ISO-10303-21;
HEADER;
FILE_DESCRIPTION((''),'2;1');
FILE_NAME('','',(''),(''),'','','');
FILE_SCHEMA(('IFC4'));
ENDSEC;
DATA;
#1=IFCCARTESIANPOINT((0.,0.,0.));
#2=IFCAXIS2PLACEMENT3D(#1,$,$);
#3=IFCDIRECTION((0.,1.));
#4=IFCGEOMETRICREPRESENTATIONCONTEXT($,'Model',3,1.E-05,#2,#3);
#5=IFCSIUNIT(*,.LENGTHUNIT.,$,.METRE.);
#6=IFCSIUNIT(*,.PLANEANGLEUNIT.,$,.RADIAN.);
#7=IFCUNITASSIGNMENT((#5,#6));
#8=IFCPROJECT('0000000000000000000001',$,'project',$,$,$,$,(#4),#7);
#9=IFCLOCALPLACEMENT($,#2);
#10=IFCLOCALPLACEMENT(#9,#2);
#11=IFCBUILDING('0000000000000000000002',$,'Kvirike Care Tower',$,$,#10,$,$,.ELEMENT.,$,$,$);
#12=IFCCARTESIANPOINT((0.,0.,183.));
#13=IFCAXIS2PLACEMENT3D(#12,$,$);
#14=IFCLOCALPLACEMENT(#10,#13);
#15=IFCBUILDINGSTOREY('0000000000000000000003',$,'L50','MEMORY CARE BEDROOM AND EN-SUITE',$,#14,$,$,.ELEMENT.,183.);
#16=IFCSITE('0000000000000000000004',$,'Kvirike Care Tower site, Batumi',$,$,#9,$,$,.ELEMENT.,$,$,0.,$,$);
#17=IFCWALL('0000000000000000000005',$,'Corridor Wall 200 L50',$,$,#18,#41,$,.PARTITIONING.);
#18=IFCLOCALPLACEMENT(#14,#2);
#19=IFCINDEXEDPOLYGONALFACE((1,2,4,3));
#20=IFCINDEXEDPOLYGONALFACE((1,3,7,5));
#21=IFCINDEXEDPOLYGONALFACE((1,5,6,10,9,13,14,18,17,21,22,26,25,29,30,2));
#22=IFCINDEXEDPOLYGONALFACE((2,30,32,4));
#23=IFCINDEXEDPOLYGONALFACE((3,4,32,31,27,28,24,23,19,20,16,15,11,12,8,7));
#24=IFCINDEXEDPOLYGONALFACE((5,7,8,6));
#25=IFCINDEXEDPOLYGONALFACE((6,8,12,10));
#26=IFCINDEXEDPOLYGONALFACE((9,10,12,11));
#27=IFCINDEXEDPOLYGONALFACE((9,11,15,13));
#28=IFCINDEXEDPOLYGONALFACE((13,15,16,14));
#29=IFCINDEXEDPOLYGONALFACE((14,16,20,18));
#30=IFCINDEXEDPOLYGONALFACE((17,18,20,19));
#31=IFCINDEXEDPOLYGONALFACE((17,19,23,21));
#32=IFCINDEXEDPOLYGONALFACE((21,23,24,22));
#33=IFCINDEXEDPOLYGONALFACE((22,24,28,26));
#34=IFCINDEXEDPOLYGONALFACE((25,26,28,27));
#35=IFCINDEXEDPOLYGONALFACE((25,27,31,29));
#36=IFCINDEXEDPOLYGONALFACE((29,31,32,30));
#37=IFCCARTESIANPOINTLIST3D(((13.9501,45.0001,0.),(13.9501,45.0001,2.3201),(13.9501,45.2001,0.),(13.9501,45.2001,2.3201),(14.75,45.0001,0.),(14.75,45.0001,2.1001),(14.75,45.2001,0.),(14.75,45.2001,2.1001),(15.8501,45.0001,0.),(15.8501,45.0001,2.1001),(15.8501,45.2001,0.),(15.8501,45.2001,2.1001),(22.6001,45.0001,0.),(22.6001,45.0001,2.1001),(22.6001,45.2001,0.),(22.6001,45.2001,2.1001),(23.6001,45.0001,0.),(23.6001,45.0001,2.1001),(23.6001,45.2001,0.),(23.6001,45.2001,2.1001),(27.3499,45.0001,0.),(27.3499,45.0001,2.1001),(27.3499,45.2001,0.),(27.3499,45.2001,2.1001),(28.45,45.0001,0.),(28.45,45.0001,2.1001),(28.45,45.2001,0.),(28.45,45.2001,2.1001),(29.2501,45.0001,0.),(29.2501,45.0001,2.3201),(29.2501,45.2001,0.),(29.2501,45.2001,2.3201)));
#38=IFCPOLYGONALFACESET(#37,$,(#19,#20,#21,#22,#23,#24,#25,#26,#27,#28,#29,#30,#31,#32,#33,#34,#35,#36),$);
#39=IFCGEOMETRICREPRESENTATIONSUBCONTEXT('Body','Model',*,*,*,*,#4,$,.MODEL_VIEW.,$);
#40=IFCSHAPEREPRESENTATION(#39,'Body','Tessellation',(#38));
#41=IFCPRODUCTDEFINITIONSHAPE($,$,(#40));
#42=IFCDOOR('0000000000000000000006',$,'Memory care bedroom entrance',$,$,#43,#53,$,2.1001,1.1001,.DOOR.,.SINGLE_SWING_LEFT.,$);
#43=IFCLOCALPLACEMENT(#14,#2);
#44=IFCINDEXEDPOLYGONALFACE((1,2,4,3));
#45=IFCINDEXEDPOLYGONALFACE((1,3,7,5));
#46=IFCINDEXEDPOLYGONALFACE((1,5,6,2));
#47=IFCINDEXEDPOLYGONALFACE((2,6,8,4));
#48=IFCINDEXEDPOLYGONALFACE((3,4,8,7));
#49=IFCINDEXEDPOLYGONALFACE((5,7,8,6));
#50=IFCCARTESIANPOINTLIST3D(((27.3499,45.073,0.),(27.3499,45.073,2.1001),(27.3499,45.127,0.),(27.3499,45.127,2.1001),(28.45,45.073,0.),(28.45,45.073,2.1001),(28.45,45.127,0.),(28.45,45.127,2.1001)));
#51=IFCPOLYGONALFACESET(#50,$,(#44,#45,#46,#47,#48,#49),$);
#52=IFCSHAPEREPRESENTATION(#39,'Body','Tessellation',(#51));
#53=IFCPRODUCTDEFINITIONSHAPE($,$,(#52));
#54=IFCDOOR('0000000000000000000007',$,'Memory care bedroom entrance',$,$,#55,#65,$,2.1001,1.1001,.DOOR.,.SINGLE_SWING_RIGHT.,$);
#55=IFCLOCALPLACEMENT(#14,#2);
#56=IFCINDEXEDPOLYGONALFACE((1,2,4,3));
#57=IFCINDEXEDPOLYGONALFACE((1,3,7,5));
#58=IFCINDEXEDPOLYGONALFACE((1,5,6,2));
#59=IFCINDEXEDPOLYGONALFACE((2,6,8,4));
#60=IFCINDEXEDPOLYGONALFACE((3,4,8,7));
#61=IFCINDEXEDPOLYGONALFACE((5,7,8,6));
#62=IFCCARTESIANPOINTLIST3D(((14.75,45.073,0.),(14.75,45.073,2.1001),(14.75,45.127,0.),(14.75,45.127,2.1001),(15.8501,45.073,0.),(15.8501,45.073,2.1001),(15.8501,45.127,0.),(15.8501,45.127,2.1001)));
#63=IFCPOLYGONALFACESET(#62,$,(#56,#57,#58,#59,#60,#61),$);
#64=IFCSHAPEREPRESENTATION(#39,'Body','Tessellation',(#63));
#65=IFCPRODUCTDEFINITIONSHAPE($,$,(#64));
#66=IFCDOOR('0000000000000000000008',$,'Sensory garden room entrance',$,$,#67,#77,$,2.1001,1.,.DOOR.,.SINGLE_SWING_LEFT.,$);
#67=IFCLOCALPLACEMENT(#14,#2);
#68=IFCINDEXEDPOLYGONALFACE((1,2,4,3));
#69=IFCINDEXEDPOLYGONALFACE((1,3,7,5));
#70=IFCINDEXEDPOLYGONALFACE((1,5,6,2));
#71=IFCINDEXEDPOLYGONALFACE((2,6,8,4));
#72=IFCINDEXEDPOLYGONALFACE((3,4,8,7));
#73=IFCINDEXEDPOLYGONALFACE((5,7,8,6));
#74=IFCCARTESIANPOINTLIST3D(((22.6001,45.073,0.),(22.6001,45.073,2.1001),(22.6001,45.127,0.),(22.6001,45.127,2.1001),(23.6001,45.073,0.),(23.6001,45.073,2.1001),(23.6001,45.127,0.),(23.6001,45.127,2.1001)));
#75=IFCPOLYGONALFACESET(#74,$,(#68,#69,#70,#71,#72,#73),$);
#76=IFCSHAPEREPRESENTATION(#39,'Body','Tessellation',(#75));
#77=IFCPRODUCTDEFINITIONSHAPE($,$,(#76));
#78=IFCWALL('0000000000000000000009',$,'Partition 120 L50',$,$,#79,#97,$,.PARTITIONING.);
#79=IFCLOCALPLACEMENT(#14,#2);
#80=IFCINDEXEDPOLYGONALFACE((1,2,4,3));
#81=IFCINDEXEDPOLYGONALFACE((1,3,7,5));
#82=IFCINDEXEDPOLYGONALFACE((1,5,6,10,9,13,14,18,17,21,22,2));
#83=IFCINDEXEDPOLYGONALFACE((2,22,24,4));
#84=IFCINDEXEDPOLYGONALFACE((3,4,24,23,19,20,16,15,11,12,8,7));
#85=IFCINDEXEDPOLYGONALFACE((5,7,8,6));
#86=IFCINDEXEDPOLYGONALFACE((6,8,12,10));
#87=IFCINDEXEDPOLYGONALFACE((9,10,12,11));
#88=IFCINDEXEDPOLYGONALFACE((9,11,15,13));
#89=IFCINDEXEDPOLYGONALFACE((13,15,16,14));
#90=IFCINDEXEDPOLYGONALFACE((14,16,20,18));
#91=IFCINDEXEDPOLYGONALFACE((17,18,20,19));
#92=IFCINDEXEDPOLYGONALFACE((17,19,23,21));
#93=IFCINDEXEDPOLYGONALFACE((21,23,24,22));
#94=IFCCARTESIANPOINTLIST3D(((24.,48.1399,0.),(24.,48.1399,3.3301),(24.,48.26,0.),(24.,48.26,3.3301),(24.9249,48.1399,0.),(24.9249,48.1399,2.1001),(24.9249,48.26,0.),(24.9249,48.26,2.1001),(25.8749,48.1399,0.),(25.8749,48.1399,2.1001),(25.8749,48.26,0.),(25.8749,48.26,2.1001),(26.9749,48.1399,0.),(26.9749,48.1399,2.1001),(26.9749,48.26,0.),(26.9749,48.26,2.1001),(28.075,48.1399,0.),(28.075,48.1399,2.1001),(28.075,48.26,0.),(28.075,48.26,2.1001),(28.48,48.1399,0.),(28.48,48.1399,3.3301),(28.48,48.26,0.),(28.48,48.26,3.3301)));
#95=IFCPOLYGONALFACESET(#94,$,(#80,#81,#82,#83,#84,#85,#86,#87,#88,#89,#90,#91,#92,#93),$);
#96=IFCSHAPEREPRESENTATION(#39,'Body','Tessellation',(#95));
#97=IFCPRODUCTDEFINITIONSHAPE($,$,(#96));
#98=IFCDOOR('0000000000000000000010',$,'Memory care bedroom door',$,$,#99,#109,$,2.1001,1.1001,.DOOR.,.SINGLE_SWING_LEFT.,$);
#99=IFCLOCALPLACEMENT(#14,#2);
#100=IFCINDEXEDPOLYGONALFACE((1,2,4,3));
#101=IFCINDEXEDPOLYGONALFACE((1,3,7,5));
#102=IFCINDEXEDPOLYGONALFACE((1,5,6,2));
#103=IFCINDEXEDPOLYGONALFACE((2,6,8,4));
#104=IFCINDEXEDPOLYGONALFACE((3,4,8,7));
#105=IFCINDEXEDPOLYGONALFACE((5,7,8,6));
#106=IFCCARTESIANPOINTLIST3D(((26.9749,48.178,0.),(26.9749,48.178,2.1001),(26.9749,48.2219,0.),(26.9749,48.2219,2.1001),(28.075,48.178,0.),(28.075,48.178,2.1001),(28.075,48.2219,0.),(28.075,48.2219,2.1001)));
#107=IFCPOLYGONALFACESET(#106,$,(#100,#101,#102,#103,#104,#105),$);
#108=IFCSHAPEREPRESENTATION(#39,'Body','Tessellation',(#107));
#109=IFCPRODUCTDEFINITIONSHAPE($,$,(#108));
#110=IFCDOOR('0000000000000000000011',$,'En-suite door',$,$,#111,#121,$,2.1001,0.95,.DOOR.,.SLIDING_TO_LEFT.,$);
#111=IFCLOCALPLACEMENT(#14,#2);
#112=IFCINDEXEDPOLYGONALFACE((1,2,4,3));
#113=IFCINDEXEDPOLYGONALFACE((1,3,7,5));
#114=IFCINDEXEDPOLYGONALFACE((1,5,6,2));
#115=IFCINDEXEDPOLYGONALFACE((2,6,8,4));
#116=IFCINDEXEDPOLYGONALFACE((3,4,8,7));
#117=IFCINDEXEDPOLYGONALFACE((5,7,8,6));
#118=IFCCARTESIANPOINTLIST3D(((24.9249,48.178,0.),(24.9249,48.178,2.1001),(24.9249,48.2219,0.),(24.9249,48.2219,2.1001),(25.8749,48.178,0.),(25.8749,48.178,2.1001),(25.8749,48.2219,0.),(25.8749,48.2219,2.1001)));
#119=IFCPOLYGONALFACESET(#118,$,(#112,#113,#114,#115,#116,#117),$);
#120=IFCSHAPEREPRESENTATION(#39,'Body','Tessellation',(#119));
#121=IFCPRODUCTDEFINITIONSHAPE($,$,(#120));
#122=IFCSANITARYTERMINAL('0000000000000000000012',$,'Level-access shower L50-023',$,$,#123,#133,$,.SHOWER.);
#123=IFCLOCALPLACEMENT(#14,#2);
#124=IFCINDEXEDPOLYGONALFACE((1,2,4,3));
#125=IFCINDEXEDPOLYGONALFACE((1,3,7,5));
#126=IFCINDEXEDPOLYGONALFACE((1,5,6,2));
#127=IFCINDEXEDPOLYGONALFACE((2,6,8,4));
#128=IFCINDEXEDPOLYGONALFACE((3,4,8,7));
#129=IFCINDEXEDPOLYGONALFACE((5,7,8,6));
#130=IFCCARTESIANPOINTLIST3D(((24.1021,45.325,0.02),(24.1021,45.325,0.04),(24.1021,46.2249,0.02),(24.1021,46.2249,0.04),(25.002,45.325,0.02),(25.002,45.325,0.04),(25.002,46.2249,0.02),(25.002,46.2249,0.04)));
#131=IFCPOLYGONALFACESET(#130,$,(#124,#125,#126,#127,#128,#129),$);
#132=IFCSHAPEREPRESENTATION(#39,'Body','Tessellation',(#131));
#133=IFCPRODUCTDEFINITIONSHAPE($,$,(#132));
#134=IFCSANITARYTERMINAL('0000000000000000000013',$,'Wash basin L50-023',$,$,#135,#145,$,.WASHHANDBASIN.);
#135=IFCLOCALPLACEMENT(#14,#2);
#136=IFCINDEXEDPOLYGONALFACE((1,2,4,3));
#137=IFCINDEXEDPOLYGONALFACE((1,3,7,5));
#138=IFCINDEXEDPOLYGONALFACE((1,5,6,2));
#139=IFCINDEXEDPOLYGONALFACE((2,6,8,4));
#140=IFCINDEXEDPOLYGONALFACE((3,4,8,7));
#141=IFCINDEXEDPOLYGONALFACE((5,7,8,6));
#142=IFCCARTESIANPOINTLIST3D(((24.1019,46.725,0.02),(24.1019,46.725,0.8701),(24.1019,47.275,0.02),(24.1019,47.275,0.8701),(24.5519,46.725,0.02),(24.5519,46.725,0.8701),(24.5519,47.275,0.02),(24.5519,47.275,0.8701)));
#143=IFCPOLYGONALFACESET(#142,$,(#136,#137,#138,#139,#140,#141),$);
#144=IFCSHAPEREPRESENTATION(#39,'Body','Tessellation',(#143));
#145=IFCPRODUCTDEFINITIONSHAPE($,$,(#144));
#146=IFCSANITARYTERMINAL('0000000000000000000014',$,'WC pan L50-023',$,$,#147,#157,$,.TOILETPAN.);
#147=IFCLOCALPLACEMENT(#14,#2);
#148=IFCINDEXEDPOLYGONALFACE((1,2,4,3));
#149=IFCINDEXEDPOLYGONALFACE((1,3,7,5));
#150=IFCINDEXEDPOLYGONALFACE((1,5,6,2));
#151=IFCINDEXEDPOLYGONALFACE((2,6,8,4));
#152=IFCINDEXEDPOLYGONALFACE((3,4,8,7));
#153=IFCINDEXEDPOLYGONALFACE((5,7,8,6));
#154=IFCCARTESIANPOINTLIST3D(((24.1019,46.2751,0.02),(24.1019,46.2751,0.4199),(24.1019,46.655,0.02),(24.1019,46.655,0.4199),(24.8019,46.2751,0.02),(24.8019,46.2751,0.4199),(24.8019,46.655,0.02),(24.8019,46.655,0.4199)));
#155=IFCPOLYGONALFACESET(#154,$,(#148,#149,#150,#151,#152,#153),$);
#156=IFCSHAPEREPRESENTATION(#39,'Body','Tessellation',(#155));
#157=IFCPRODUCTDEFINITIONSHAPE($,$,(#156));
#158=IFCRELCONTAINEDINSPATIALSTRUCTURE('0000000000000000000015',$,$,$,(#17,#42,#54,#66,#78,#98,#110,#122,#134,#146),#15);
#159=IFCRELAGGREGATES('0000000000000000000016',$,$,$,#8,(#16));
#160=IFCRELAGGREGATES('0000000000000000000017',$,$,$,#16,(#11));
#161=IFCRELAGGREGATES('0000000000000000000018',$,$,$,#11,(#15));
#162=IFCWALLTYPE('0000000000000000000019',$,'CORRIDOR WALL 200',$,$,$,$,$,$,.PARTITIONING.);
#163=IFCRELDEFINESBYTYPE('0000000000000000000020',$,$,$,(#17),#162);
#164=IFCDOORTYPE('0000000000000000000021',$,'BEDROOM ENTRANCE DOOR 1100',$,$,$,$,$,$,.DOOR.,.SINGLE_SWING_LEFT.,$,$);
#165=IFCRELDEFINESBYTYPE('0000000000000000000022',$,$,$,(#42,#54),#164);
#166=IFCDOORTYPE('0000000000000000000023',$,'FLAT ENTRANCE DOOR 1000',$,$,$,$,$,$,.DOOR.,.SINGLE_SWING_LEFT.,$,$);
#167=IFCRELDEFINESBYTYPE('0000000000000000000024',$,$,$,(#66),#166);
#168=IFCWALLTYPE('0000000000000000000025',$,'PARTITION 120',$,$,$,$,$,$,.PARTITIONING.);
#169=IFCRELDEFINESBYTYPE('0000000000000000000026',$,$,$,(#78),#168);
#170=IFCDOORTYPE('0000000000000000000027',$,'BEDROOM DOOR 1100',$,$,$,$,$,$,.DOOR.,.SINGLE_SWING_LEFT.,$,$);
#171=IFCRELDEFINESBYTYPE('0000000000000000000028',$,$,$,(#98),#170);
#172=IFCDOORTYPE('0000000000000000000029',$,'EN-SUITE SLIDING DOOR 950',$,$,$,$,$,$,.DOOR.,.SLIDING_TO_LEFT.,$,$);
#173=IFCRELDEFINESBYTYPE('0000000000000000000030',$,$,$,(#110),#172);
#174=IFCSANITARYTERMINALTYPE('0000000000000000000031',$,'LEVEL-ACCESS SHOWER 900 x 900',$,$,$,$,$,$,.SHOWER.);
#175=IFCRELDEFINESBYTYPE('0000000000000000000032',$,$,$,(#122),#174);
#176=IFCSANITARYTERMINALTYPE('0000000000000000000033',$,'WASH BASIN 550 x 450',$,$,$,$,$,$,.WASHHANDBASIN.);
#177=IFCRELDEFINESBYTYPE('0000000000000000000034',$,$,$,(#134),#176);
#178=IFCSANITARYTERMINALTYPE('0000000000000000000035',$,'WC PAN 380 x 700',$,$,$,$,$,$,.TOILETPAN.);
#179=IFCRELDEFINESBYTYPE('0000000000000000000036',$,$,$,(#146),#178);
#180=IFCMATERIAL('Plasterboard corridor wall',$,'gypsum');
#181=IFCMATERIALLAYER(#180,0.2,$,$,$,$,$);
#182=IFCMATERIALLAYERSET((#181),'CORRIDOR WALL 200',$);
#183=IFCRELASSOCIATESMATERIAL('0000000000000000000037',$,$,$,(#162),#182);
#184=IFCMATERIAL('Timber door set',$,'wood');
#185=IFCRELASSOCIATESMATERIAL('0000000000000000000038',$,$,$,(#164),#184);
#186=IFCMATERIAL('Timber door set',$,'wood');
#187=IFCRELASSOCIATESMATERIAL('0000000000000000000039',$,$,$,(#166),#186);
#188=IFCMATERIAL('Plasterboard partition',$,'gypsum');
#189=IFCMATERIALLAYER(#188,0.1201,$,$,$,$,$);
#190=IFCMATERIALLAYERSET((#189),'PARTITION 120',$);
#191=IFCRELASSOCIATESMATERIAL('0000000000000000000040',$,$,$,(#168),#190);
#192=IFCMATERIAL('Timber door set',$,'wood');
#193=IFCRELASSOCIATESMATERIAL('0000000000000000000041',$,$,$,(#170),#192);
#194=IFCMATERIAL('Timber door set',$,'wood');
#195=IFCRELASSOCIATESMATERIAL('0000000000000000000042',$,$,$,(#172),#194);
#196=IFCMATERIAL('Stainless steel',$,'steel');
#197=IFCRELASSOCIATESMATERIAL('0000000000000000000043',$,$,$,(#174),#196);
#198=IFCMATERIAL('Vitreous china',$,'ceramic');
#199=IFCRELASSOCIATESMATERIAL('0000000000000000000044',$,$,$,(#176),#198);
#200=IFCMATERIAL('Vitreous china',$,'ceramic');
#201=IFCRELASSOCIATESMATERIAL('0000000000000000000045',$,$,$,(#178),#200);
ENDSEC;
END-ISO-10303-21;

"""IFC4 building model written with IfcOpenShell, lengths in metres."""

from ifc_helpers import new_model, si_unit, direction, frame, frame_2d, origin, origin_2d, place, context, subcontext, project, spatial, rectangle, extrude, material, layer, layer_set, type_object, element, fill, save


model = new_model("IFC4")

# Units and contexts
model_context = context("Model", 3, precision=1e-05, world=origin(), true_north=direction((0.0, 1.0)))
body_context = subcontext(model_context, "Body", "Model", "MODEL_VIEW")
ifc_project = project(units=[si_unit("LENGTHUNIT", "METRE"), si_unit("PLANEANGLEUNIT", "RADIAN")], contexts=[model_context])

# Site, building, storey
site_placement = place(None, origin())
site = spatial("IfcSite", under=ifc_project, at=site_placement, Name="Kvirike Care Tower site, Batumi", CompositionType="ELEMENT", RefElevation=0.0)
building_placement = place(site_placement, origin())
building = spatial("IfcBuilding", under=site, at=building_placement, Name="Kvirike Care Tower", CompositionType="ELEMENT")
storey_placement = place(building_placement, frame((0.0, 0.0, 183.0)))
storey = spatial("IfcBuildingStorey", under=building, at=storey_placement, Name="L50", Description="MEMORY CARE BEDROOM AND EN-SUITE", CompositionType="ELEMENT", Elevation=183.0)

# Walls, openings, doors
ifc_material_1 = material(Name="Plasterboard corridor wall", Category="gypsum")
ifc_layer_1 = layer(ifc_material_1, 0.2)
ifc_layer_set_1 = layer_set([ifc_layer_1], Name="CORRIDOR WALL 200")
wall_type_1 = type_object("IfcWallType", Name="CORRIDOR WALL 200", PredefinedType="PARTITIONING", material=ifc_layer_set_1)
wall_1_placement = place(storey_placement, frame((29.25, 45.1001, 0.0), z_axis=(0.0, 0.0, 1.0), x_axis=(-1.0, 0.0, 0.0)))
wall_1 = element("IfcWall", 1, at=wall_1_placement, inside=storey, type_object=wall_type_1, Name="Corridor Wall 200 L50", PredefinedType="PARTITIONING", context=body_context, shape_type="SweptSolid", body=[
    extrude(rectangle(XDim=15.3, YDim=0.2, at=frame_2d((7.6499, 0.0))), origin(), (0.0, 0.0, 1.0), 2.3201),
])
opening_1_placement = place(wall_1_placement, frame((0.8, 0.0, 0.0)))
opening_1 = element("IfcOpeningElement", 2, at=opening_1_placement, cuts=wall_1, PredefinedType="OPENING", context=body_context, shape_type="SweptSolid", body=[
    extrude(rectangle(XDim=1.1001, YDim=2.1001, at=frame_2d((0.55, 1.05))), frame((0.0, 0.1106, 0.0), z_axis=(0.0, -1.0, 0.0), x_axis=(1.0, 0.0, 0.0)), (0.0, 0.0, 1.0), 0.2209),
])
opening_2_placement = place(wall_1_placement, frame((5.6499, 0.0, 0.0)))
opening_2 = element("IfcOpeningElement", 3, at=opening_2_placement, cuts=wall_1, PredefinedType="OPENING", context=body_context, shape_type="SweptSolid", body=[
    extrude(rectangle(XDim=1.0, YDim=2.1001, at=frame_2d((0.5, 1.05))), frame((0.0, 0.1106, 0.0), z_axis=(0.0, -1.0, 0.0), x_axis=(1.0, 0.0, 0.0)), (0.0, 0.0, 1.0), 0.2209),
])
opening_3_placement = place(wall_1_placement, frame((13.3999, 0.0, 0.0)))
opening_3 = element("IfcOpeningElement", 4, at=opening_3_placement, cuts=wall_1, PredefinedType="OPENING", context=body_context, shape_type="SweptSolid", body=[
    extrude(rectangle(XDim=1.1001, YDim=2.1001, at=frame_2d((0.55, 1.05))), frame((0.0, 0.1106, 0.0), z_axis=(0.0, -1.0, 0.0), x_axis=(1.0, 0.0, 0.0)), (0.0, 0.0, 1.0), 0.2209),
])
ifc_material_2 = material(Name="Timber door set", Category="wood")
door_type_1 = type_object("IfcDoorType", Name="BEDROOM ENTRANCE DOOR 1100", OperationType="SINGLE_SWING_LEFT", PredefinedType="DOOR", material=ifc_material_2)
door_1_placement = place(opening_1_placement, frame((1.1001, 0.0, 0.0), z_axis=(0.0, 0.0, 1.0), x_axis=(-1.0, 0.0, 0.0)))
door_1 = element("IfcDoor", 5, at=door_1_placement, inside=storey, type_object=door_type_1, Name="Memory care bedroom entrance", OperationType="SINGLE_SWING_LEFT", OverallHeight=2.1001, OverallWidth=1.1001, PredefinedType="DOOR", context=body_context, shape_type="SweptSolid", body=[
    extrude(rectangle(XDim=1.1001, YDim=2.1001, at=frame_2d((0.55, 1.05))), frame((0.0, 0.0269, 0.0), z_axis=(0.0, -1.0, 0.0), x_axis=(1.0, 0.0, 0.0)), (0.0, 0.0, 1.0), 0.054),
])
fill(opening_1, door_1)
door_2_placement = place(opening_3_placement, frame((1.1001, 0.0, 0.0), z_axis=(0.0, 0.0, 1.0), x_axis=(-1.0, 0.0, 0.0)))
door_2 = element("IfcDoor", 6, at=door_2_placement, inside=storey, type_object=door_type_1, Name="Memory care bedroom entrance", OperationType="SINGLE_SWING_RIGHT", OverallHeight=2.1001, OverallWidth=1.1001, PredefinedType="DOOR", context=body_context, shape_type="SweptSolid", body=[
    extrude(rectangle(XDim=1.1001, YDim=2.1001, at=frame_2d((0.55, 1.05))), frame((0.0, 0.0269, 0.0), z_axis=(0.0, -1.0, 0.0), x_axis=(1.0, 0.0, 0.0)), (0.0, 0.0, 1.0), 0.054),
])
fill(opening_3, door_2)
ifc_material_3 = material(Name="Timber door set", Category="wood")
door_type_2 = type_object("IfcDoorType", Name="FLAT ENTRANCE DOOR 1000", OperationType="SINGLE_SWING_LEFT", PredefinedType="DOOR", material=ifc_material_3)
door_3_placement = place(opening_2_placement, frame((1.0, 0.0, 0.0), z_axis=(0.0, 0.0, 1.0), x_axis=(-1.0, 0.0, 0.0)))
door_3 = element("IfcDoor", 7, at=door_3_placement, inside=storey, type_object=door_type_2, Name="Sensory garden room entrance", OperationType="SINGLE_SWING_LEFT", OverallHeight=2.1001, OverallWidth=1.0, PredefinedType="DOOR", context=body_context, shape_type="SweptSolid", body=[
    extrude(rectangle(XDim=1.0, YDim=2.1001, at=frame_2d((0.5, 1.05))), frame((0.0, 0.0269, 0.0), z_axis=(0.0, -1.0, 0.0), x_axis=(1.0, 0.0, 0.0)), (0.0, 0.0, 1.0), 0.054),
])
fill(opening_2, door_3)
ifc_material_4 = material(Name="Plasterboard partition", Category="gypsum")
ifc_layer_2 = layer(ifc_material_4, 0.1201)
ifc_layer_set_2 = layer_set([ifc_layer_2], Name="PARTITION 120")
wall_type_2 = type_object("IfcWallType", Name="PARTITION 120", PredefinedType="PARTITIONING", material=ifc_layer_set_2)
wall_2_placement = place(storey_placement, frame((28.48, 48.2, 0.0), z_axis=(0.0, 0.0, 1.0), x_axis=(-1.0, 0.0, 0.0)))
wall_2 = element("IfcWall", 8, at=wall_2_placement, inside=storey, type_object=wall_type_2, Name="Partition 120 L50", PredefinedType="PARTITIONING", context=body_context, shape_type="SweptSolid", body=[
    extrude(rectangle(XDim=4.48, YDim=0.1201, at=frame_2d((2.24, 0.0))), origin(), (0.0, 0.0, 1.0), 3.3301),
])
opening_4_placement = place(wall_2_placement, frame((0.405, 0.0, 0.0)))
opening_4 = element("IfcOpeningElement", 9, at=opening_4_placement, cuts=wall_2, PredefinedType="OPENING", context=body_context, shape_type="SweptSolid", body=[
    extrude(rectangle(XDim=1.1001, YDim=2.1001, at=frame_2d((0.55, 1.05))), frame((0.0, 0.0706, 0.0), z_axis=(0.0, -1.0, 0.0), x_axis=(1.0, 0.0, 0.0)), (0.0, 0.0, 1.0), 0.1411),
])
opening_5_placement = place(wall_2_placement, frame((2.605, 0.0, 0.0)))
opening_5 = element("IfcOpeningElement", 10, at=opening_5_placement, cuts=wall_2, PredefinedType="OPENING", context=body_context, shape_type="SweptSolid", body=[
    extrude(rectangle(XDim=0.95, YDim=2.1001, at=frame_2d((0.4751, 1.05))), frame((0.0, 0.0706, 0.0), z_axis=(0.0, -1.0, 0.0), x_axis=(1.0, 0.0, 0.0)), (0.0, 0.0, 1.0), 0.1411),
])
ifc_material_5 = material(Name="Timber door set", Category="wood")
door_type_3 = type_object("IfcDoorType", Name="BEDROOM DOOR 1100", OperationType="SINGLE_SWING_LEFT", PredefinedType="DOOR", material=ifc_material_5)
door_4_placement = place(opening_4_placement, origin())
door_4 = element("IfcDoor", 11, at=door_4_placement, inside=storey, type_object=door_type_3, Name="Memory care bedroom door", OperationType="SINGLE_SWING_LEFT", OverallHeight=2.1001, OverallWidth=1.1001, PredefinedType="DOOR", context=body_context, shape_type="SweptSolid", body=[
    extrude(rectangle(XDim=1.1001, YDim=2.1001, at=frame_2d((0.55, 1.05))), frame((0.0, 0.022, 0.0), z_axis=(0.0, -1.0, 0.0), x_axis=(1.0, 0.0, 0.0)), (0.0, 0.0, 1.0), 0.0439),
])
fill(opening_4, door_4)
ifc_material_6 = material(Name="Timber door set", Category="wood")
door_type_4 = type_object("IfcDoorType", Name="EN-SUITE SLIDING DOOR 950", OperationType="SLIDING_TO_LEFT", PredefinedType="DOOR", material=ifc_material_6)
door_5_placement = place(opening_5_placement, origin())
door_5 = element("IfcDoor", 12, at=door_5_placement, inside=storey, type_object=door_type_4, Name="En-suite door", OperationType="SLIDING_TO_LEFT", OverallHeight=2.1001, OverallWidth=0.95, PredefinedType="DOOR", context=body_context, shape_type="SweptSolid", body=[
    extrude(rectangle(XDim=0.95, YDim=2.1001, at=frame_2d((0.4751, 1.05))), frame((0.0, 0.022, 0.0), z_axis=(0.0, -1.0, 0.0), x_axis=(1.0, 0.0, 0.0)), (0.0, 0.0, 1.0), 0.0439),
])
fill(opening_5, door_5)

# Sanitary terminals
ifc_material_7 = material(Name="Stainless steel", Category="steel")
sanitary_terminal_type_1 = type_object("IfcSanitaryTerminalType", Name="LEVEL-ACCESS SHOWER 900 x 900", PredefinedType="SHOWER", material=ifc_material_7)
sanitary_terminal_1_placement = place(storey_placement, frame((24.552, 45.7749, 0.02), z_axis=(0.0, 0.0, 1.0), x_axis=(0.0, 1.0, 0.0)))
element("IfcSanitaryTerminal", 13, at=sanitary_terminal_1_placement, inside=storey, type_object=sanitary_terminal_type_1, Name="Level-access shower L50-023", PredefinedType="SHOWER", context=body_context, shape_type="SweptSolid", body=[
    extrude(rectangle(XDim=0.8999, YDim=0.8999, at=origin_2d()), origin(), (0.0, 0.0, 1.0), 0.02),
])
ifc_material_8 = material(Name="Vitreous china", Category="ceramic")
sanitary_terminal_type_2 = type_object("IfcSanitaryTerminalType", Name="WASH BASIN 550 x 450", PredefinedType="WASHHANDBASIN", material=ifc_material_8)
sanitary_terminal_2_placement = place(storey_placement, frame((24.3269, 47.0, 0.02), z_axis=(0.0, 0.0, 1.0), x_axis=(0.0, 1.0, 0.0)))
element("IfcSanitaryTerminal", 14, at=sanitary_terminal_2_placement, inside=storey, type_object=sanitary_terminal_type_2, Name="Wash basin L50-023", PredefinedType="WASHHANDBASIN", context=body_context, shape_type="SweptSolid", body=[
    extrude(rectangle(XDim=0.55, YDim=0.45, at=origin_2d()), origin(), (0.0, 0.0, 1.0), 0.8501),
])
ifc_material_9 = material(Name="Vitreous china", Category="ceramic")
sanitary_terminal_type_3 = type_object("IfcSanitaryTerminalType", Name="WC PAN 380 x 700", PredefinedType="TOILETPAN", material=ifc_material_9)
for number, where, z_axis, x_axis, name in (
    (15, (24.4519, 46.4651, 0.02), (0.0, 0.0, 1.0), (0.0, 1.0, 0.0), "WC pan L50-023"),
):
    element("IfcSanitaryTerminal", number, at=place(storey_placement, frame(where, z_axis=z_axis, x_axis=x_axis)), inside=storey, type_object=sanitary_terminal_type_3, Name=name, PredefinedType="TOILETPAN", context=body_context, shape_type="SweptSolid", body=[
        extrude(rectangle(XDim=0.3799, YDim=0.7, at=origin_2d()), origin(), (0.0, 0.0, 1.0), 0.3999),
    ])

save(model, "model.ifc")
